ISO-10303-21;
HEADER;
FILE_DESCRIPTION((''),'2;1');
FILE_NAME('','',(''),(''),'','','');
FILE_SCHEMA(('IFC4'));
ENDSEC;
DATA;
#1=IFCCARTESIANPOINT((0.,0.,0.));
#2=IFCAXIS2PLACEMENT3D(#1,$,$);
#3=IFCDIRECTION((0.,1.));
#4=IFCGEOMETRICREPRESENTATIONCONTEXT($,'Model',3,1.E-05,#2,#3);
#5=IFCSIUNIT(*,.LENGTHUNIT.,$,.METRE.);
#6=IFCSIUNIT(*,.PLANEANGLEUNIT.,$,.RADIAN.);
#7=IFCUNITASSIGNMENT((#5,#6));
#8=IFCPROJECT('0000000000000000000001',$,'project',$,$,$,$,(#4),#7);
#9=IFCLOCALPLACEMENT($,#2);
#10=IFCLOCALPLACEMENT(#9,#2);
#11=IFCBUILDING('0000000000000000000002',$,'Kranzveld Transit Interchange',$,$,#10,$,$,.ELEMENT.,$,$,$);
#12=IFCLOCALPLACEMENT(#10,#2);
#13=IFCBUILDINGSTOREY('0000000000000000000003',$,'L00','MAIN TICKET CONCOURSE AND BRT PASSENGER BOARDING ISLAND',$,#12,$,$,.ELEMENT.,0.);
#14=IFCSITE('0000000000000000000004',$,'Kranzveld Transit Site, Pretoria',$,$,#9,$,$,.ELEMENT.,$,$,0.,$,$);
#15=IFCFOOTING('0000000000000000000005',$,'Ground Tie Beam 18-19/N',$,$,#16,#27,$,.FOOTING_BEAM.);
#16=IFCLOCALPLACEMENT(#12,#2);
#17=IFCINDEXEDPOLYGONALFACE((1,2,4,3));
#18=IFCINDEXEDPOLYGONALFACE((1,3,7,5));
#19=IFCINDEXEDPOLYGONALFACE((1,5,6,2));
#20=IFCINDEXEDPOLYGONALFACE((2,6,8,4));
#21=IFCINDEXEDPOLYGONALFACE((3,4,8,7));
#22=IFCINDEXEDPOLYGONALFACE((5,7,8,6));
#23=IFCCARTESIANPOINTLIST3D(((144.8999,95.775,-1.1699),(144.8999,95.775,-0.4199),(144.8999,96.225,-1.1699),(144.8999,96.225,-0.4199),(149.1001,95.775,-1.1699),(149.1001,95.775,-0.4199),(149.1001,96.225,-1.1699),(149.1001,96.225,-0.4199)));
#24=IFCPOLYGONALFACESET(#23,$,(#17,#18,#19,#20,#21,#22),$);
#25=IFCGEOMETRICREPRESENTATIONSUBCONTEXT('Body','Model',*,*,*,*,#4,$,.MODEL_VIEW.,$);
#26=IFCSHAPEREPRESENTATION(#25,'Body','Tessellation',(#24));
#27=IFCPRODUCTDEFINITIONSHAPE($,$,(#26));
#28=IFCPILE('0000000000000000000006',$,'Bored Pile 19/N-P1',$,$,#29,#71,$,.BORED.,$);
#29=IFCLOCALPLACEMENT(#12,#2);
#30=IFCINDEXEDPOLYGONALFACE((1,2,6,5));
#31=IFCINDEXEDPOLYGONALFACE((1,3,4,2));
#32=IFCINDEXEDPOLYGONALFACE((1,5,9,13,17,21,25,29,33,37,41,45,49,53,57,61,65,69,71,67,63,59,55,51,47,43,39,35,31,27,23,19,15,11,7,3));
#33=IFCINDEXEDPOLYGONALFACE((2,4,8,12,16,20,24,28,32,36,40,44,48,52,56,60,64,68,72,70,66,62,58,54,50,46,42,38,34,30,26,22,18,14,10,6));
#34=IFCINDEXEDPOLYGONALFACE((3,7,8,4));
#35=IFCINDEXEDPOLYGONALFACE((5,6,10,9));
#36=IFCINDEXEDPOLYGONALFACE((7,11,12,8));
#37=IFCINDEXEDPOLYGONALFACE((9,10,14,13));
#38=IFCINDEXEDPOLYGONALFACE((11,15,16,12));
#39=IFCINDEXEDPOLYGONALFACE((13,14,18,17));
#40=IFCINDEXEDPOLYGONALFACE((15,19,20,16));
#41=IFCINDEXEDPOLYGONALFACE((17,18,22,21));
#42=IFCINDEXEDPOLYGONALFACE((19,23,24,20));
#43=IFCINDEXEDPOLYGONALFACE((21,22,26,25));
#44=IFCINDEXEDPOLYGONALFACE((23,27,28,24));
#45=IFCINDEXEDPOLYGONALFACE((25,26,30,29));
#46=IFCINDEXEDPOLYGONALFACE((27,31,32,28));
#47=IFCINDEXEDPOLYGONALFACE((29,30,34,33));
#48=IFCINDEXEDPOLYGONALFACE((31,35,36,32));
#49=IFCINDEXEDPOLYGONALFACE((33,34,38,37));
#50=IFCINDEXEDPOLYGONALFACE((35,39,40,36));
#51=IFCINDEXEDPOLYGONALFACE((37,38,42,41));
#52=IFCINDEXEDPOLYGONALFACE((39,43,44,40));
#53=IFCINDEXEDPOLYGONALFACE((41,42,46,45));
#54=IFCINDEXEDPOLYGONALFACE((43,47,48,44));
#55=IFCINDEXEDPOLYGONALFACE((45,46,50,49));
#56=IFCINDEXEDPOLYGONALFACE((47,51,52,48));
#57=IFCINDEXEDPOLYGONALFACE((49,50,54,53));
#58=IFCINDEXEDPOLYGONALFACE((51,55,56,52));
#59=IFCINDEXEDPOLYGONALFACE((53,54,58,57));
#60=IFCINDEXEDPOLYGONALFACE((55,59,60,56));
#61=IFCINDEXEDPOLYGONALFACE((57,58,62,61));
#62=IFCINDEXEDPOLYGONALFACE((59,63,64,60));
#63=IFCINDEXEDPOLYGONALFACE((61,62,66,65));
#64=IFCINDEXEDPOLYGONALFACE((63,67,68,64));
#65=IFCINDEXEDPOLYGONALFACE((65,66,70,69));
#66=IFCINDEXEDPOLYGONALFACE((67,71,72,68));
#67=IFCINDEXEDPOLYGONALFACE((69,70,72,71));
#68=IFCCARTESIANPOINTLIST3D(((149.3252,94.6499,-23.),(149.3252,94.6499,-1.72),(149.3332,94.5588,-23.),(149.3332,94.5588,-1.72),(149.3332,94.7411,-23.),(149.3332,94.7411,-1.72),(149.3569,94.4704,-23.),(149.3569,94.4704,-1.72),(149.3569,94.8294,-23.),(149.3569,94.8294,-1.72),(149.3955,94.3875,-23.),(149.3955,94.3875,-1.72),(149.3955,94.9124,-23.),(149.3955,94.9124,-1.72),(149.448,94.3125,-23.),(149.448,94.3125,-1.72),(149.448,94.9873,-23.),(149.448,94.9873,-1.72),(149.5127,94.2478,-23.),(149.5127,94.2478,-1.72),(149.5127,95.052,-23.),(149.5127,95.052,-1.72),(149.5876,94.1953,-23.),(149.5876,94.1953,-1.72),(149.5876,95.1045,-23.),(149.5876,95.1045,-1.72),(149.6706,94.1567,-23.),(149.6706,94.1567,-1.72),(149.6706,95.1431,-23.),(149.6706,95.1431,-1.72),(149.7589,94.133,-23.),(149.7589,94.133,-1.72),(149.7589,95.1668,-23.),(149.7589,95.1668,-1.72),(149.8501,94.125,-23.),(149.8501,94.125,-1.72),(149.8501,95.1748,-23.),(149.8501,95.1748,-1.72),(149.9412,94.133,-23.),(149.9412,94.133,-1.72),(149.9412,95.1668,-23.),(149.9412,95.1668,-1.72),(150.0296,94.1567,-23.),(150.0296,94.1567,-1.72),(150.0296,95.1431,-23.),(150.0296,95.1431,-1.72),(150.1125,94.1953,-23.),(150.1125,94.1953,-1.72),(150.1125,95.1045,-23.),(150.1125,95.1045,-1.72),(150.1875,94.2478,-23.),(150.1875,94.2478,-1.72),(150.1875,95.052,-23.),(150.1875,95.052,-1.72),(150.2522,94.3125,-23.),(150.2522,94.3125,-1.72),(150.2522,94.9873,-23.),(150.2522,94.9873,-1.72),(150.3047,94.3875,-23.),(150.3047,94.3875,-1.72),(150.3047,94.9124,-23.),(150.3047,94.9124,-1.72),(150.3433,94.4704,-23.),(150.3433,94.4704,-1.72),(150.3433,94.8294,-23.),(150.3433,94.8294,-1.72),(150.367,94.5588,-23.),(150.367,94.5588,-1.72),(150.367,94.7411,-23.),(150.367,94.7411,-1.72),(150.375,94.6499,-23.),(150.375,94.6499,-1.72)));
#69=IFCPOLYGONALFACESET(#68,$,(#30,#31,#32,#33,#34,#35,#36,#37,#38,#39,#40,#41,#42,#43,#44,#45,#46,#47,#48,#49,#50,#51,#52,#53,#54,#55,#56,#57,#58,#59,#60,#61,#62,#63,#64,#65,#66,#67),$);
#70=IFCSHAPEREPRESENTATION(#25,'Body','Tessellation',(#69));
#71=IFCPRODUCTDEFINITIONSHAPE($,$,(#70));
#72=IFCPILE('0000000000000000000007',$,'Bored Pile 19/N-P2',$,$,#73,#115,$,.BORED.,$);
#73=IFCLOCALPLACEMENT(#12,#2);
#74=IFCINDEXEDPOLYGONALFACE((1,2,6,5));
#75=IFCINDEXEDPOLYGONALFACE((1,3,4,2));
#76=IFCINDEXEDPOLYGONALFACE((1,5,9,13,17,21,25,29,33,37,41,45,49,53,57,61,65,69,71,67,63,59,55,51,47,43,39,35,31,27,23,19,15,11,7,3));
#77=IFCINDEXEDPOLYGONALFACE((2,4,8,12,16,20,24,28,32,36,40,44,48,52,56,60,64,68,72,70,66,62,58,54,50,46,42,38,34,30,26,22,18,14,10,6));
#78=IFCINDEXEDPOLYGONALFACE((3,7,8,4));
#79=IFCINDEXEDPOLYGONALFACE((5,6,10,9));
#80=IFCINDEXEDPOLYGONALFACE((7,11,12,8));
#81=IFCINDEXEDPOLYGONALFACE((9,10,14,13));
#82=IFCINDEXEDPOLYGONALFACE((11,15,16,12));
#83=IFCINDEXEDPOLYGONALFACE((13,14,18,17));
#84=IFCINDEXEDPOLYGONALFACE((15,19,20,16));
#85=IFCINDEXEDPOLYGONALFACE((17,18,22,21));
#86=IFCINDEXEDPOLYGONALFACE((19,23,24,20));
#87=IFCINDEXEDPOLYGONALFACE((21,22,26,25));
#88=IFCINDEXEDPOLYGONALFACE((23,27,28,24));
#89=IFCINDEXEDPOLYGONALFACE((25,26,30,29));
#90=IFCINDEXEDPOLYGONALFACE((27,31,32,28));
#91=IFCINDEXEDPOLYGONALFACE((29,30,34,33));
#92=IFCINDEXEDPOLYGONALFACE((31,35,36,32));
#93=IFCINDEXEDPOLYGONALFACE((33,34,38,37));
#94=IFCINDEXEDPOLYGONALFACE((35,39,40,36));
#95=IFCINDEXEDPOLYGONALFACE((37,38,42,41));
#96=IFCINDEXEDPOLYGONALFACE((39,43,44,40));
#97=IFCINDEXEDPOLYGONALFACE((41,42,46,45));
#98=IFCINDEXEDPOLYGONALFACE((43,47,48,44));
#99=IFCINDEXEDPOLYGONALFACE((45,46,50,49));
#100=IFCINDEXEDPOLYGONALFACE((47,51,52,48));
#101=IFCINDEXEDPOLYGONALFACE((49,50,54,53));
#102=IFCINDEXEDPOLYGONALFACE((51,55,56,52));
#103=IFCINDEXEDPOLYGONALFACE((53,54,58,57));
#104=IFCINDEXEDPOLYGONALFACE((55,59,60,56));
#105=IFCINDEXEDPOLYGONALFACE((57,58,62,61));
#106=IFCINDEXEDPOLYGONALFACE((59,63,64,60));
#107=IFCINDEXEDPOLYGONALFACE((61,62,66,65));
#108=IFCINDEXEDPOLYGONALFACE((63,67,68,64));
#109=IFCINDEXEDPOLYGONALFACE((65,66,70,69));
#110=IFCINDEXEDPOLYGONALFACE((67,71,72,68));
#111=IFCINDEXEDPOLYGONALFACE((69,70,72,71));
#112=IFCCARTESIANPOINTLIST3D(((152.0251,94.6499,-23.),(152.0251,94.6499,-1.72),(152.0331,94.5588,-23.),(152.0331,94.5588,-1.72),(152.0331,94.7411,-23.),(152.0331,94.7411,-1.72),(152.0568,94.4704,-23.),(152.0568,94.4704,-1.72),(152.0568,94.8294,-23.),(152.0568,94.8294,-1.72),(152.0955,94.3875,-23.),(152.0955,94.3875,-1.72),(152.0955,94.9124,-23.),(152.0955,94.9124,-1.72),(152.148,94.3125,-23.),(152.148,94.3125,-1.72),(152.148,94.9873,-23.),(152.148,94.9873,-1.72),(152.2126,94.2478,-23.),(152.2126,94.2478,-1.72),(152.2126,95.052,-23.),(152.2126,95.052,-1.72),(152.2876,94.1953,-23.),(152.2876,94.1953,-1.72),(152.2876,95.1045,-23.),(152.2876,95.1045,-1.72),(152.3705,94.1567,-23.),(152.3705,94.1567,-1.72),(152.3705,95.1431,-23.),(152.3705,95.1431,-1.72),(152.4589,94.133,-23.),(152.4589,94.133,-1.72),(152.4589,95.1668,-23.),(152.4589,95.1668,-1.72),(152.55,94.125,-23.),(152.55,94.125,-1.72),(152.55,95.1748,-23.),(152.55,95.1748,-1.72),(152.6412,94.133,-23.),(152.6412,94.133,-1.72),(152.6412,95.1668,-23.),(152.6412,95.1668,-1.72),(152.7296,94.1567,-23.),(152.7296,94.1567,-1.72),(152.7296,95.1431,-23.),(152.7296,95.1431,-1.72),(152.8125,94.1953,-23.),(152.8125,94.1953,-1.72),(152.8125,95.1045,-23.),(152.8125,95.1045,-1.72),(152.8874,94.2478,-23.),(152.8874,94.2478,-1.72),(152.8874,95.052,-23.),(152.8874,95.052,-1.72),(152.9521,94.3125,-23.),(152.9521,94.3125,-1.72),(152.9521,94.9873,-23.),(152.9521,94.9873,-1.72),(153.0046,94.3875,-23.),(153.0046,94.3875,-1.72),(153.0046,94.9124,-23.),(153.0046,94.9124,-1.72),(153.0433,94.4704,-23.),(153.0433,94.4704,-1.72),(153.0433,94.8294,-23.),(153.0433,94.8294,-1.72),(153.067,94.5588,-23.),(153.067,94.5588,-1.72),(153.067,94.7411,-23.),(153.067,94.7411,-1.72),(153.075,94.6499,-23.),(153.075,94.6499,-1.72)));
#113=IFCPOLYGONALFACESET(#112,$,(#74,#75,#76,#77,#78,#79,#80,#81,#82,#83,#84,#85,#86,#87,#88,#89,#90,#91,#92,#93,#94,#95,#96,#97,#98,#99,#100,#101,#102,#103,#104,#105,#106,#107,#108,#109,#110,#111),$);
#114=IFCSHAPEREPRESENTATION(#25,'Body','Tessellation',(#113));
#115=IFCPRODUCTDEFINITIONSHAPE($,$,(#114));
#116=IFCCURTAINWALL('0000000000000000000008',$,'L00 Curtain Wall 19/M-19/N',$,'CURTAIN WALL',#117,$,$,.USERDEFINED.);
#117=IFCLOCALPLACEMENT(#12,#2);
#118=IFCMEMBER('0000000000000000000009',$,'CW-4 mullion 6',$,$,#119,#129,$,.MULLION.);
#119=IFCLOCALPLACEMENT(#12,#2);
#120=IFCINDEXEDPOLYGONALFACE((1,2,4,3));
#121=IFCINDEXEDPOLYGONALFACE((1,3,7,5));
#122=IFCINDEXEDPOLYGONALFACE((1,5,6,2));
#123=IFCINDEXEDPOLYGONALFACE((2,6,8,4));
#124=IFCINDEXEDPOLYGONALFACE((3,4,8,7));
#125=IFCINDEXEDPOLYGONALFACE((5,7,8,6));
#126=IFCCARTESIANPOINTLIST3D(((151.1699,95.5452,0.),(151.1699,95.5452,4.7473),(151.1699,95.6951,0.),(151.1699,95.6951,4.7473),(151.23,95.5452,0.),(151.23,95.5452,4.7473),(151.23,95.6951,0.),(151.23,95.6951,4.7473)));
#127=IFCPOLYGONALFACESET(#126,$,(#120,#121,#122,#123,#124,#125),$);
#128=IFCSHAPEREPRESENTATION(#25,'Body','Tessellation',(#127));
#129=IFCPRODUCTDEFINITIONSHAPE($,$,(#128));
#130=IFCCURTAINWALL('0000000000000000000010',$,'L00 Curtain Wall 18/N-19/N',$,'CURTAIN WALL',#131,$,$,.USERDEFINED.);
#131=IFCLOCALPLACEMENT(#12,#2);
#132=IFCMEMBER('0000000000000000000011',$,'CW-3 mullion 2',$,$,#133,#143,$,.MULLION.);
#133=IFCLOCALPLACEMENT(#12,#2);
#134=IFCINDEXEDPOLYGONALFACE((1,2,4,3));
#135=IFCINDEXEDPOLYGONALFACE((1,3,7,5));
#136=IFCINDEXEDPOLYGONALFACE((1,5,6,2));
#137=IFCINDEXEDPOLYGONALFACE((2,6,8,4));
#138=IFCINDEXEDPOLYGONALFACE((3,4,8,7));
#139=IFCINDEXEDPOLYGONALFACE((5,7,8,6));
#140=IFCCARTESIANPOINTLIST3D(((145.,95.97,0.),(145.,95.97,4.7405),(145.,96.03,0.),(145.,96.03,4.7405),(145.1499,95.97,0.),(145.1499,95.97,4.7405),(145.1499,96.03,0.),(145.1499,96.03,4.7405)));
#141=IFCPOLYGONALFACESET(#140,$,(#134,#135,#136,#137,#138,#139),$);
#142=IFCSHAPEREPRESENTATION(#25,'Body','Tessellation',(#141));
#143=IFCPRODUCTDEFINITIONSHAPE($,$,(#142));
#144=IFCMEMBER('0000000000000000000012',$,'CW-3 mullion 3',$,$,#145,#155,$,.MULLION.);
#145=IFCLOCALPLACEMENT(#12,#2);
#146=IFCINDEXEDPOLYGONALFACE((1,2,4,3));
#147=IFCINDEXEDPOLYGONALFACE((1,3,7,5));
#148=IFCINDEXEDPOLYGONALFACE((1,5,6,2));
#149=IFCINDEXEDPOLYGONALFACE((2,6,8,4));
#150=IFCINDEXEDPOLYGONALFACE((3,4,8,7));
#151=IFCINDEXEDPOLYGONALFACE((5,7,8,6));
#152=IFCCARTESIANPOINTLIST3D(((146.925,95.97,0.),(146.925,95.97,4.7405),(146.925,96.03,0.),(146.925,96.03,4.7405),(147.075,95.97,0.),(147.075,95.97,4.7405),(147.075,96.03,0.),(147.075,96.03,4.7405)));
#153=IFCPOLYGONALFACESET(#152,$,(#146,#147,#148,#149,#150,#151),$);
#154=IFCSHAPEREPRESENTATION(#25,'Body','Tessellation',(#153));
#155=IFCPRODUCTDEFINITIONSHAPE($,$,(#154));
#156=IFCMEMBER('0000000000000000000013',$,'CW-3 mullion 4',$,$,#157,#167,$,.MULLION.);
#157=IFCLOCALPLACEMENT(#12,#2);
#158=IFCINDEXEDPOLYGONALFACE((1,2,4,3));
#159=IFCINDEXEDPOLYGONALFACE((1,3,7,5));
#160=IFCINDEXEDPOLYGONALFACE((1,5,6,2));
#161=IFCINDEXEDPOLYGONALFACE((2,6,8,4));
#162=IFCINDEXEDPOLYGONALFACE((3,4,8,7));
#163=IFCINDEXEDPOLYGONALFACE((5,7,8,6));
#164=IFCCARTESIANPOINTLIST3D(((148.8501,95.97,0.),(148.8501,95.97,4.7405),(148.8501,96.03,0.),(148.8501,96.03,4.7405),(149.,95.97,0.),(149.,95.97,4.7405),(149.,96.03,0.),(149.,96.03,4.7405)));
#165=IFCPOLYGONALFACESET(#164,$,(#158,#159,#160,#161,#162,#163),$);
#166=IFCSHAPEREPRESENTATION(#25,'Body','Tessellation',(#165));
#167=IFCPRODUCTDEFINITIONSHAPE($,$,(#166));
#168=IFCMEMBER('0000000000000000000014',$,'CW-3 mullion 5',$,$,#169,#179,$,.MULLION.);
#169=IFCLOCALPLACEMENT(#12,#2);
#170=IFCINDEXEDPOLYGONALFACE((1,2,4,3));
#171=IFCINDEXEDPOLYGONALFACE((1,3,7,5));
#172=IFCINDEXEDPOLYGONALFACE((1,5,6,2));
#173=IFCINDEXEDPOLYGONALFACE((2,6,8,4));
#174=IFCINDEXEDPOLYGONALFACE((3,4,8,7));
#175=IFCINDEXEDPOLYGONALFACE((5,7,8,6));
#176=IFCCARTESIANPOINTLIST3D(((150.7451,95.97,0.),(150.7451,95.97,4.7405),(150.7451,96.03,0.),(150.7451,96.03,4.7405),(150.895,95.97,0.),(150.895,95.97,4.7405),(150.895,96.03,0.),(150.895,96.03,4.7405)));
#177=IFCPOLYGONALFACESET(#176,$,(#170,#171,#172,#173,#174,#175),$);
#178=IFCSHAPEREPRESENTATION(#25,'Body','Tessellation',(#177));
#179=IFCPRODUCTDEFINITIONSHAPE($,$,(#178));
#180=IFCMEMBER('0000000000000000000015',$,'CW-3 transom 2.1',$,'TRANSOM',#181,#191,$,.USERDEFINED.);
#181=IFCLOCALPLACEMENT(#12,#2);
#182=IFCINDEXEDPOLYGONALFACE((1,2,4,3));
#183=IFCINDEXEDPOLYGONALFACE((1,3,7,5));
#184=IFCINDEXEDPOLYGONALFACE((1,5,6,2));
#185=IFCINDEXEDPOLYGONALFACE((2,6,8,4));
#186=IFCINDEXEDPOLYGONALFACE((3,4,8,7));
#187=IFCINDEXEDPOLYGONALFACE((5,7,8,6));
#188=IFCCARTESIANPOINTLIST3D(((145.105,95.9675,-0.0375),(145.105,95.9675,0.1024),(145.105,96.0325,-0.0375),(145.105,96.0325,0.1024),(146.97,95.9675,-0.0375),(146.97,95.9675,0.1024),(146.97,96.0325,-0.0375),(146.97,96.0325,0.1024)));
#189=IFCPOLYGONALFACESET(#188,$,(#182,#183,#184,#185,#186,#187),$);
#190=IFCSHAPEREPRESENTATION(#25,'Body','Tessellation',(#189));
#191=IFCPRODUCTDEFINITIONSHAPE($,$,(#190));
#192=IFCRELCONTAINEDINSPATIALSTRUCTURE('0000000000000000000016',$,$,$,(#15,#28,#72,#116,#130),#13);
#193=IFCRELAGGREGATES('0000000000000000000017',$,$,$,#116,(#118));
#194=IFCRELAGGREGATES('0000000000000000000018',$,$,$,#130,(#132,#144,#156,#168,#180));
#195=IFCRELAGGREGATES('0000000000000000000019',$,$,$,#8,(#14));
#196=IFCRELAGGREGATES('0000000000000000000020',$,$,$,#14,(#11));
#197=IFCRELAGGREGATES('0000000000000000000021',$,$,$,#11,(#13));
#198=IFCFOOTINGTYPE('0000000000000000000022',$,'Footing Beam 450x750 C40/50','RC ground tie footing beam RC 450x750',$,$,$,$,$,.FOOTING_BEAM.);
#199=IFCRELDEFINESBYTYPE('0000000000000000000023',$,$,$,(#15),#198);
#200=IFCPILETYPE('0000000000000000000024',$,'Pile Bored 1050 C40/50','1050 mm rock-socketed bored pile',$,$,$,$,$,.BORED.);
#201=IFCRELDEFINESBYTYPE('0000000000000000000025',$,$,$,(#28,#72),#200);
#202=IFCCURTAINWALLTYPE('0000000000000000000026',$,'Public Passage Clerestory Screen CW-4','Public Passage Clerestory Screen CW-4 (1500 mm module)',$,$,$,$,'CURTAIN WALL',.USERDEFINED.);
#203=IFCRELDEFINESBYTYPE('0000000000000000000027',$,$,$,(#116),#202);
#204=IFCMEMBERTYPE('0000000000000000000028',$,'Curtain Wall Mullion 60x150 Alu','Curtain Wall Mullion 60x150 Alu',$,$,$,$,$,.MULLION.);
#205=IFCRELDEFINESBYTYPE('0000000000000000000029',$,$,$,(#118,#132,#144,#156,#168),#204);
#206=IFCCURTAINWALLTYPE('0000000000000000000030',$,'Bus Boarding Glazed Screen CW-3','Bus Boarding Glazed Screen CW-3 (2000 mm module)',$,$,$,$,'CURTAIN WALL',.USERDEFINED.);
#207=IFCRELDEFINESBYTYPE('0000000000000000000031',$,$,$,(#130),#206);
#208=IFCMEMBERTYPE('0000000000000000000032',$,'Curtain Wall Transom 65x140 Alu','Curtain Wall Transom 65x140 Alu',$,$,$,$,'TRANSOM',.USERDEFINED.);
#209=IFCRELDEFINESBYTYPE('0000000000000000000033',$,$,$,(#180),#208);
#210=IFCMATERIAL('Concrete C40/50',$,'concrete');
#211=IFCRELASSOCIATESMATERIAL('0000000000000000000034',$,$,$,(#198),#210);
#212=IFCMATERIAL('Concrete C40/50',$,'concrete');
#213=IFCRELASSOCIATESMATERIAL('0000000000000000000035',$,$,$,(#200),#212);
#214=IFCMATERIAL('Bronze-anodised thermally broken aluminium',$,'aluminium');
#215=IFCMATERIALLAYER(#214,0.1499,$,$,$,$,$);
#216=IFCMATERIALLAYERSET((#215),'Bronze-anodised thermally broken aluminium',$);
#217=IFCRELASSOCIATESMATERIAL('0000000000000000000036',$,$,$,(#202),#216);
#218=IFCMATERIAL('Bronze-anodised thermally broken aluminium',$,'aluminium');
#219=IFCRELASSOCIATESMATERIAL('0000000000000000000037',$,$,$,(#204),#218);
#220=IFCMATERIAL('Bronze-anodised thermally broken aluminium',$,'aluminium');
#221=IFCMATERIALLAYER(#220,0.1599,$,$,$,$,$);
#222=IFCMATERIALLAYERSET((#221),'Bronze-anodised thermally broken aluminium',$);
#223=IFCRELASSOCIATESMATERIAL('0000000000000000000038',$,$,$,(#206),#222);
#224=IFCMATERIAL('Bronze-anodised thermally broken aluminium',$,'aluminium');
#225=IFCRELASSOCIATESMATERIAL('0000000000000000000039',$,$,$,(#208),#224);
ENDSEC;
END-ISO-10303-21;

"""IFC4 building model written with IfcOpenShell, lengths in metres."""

from ifc_helpers import new_model, si_unit, direction, frame, origin, origin_2d, place, context, subcontext, project, spatial, rectangle, circle, extrude, material, layer, layer_set, material_profile, profile_set, type_object, element, aggregate, save


model = new_model("IFC4")

# Units and contexts
model_context = context("Model", 3, precision=1e-05, world=origin(), true_north=direction((0.0, 1.0)))
body_context = subcontext(model_context, "Body", "Model", "MODEL_VIEW")
ifc_project = project(units=[si_unit("LENGTHUNIT", "METRE"), si_unit("PLANEANGLEUNIT", "RADIAN")], contexts=[model_context])

# Site, building, storey
site_placement = place(None, origin())
site = spatial("IfcSite", under=ifc_project, at=site_placement, Name="Kranzveld Transit Site, Pretoria", CompositionType="ELEMENT", RefElevation=0.0)
building_placement = place(site_placement, origin())
building = spatial("IfcBuilding", under=site, at=building_placement, Name="Kranzveld Transit Interchange", CompositionType="ELEMENT")
storey_placement = place(building_placement, origin())
storey = spatial("IfcBuildingStorey", under=building, at=storey_placement, Name="L00", Description="MAIN TICKET CONCOURSE AND BRT PASSENGER BOARDING ISLAND", CompositionType="ELEMENT", Elevation=0.0)

# Footing
ifc_material_1 = material(Name="Concrete C40/50", Category="concrete")
ifc_material_profile_1 = material_profile(ifc_material_1, rectangle(XDim=0.45, YDim=0.75, at=origin_2d()), Name="RC 450x750")
ifc_profile_set_1 = profile_set([ifc_material_profile_1], Name="Concrete C40/50")
footing_type = type_object("IfcFootingType", Name="Footing Beam 450x750 C40/50", Description="RC ground tie footing beam RC 450x750", PredefinedType="FOOTING_BEAM", material=ifc_profile_set_1)
footing_placement = place(storey_placement, frame((144.8999, 96.0, -0.7949), z_axis=(1.0, 0.0, 0.0), x_axis=(0.0, 1.0, 0.0)))
element("IfcFooting", 1, at=footing_placement, inside=storey, type_object=footing_type, Name="Ground Tie Beam 18-19/N", PredefinedType="FOOTING_BEAM", context=body_context, shape_type="SweptSolid", body=[
    extrude(rectangle(XDim=0.45, YDim=0.75, at=origin_2d()), origin(), (0.0, 0.0, 1.0), 4.2002),
])

# Piles
ifc_material_2 = material(Name="Concrete C40/50", Category="concrete")
ifc_material_profile_2 = material_profile(ifc_material_2, circle(Radius=0.5249, at=origin_2d()), Name="BORED PILE 1050")
ifc_profile_set_2 = profile_set([ifc_material_profile_2], Name="Concrete C40/50")
pile_type = type_object("IfcPileType", Name="Pile Bored 1050 C40/50", Description="1050 mm rock-socketed bored pile", PredefinedType="BORED", material=ifc_profile_set_2)
for number, where, z_axis, x_axis, name in (
    (2, (149.8501, 94.6499, -1.72), (0.0, 0.0, -1.0), (1.0, 0.0, 0.0), "Bored Pile 19/N-P1"),
    (3, (152.55, 94.6499, -1.72), (0.0, 0.0, -1.0), (1.0, 0.0, 0.0), "Bored Pile 19/N-P2"),
):
    element("IfcPile", number, at=place(storey_placement, frame(where, z_axis=z_axis, x_axis=x_axis)), inside=storey, type_object=pile_type, Name=name, PredefinedType="BORED", context=body_context, shape_type="SweptSolid", body=[
        extrude(circle(Radius=0.5249, at=origin_2d()), origin(), (0.0, 0.0, 1.0), 21.28),
    ])

# Curtain wall, member
ifc_material_3 = material(Name="Bronze-anodised thermally broken aluminium", Category="aluminium")
ifc_layer_1 = layer(ifc_material_3, 0.1499)
ifc_layer_set_1 = layer_set([ifc_layer_1], Name="Bronze-anodised thermally broken aluminium")
curtain_wall_type_1 = type_object("IfcCurtainWallType", Name="Public Passage Clerestory Screen CW-4", Description="Public Passage Clerestory Screen CW-4 (1500 mm module)", ElementType="CURTAIN WALL", PredefinedType="USERDEFINED", material=ifc_layer_set_1)
curtain_wall_1_placement = place(storey_placement, origin())
curtain_wall_1 = element("IfcCurtainWall", 4, at=curtain_wall_1_placement, inside=storey, type_object=curtain_wall_type_1, Name="L00 Curtain Wall 19/M-19/N", ObjectType="CURTAIN WALL", PredefinedType="USERDEFINED")
ifc_material_4 = material(Name="Bronze-anodised thermally broken aluminium", Category="aluminium")
ifc_material_profile_3 = material_profile(ifc_material_4, rectangle(XDim=0.0601, YDim=0.1499, at=origin_2d()), Name="ALU MULLION 60x150")
ifc_profile_set_3 = profile_set([ifc_material_profile_3], Name="Bronze-anodised thermally broken aluminium")
member_type_1 = type_object("IfcMemberType", Name="Curtain Wall Mullion 60x150 Alu", Description="Curtain Wall Mullion 60x150 Alu", PredefinedType="MULLION", material=ifc_profile_set_3)
member_1_placement = place(storey_placement, frame((151.2, 95.6201, 0.0), z_axis=(0.0, 0.0, 1.0), x_axis=(-1.0, 0.0, 0.0)))
member_1 = element("IfcMember", 5, at=member_1_placement, type_object=member_type_1, Name="CW-4 mullion 6", PredefinedType="MULLION", context=body_context, shape_type="SweptSolid", body=[
    extrude(rectangle(XDim=0.0601, YDim=0.1499, at=origin_2d()), origin(), (0.0, 0.0, 1.0), 4.7473),
])

# Curtain wall, members
ifc_material_5 = material(Name="Bronze-anodised thermally broken aluminium", Category="aluminium")
ifc_layer_2 = layer(ifc_material_5, 0.1599)
ifc_layer_set_2 = layer_set([ifc_layer_2], Name="Bronze-anodised thermally broken aluminium")
curtain_wall_type_2 = type_object("IfcCurtainWallType", Name="Bus Boarding Glazed Screen CW-3", Description="Bus Boarding Glazed Screen CW-3 (2000 mm module)", ElementType="CURTAIN WALL", PredefinedType="USERDEFINED", material=ifc_layer_set_2)
curtain_wall_2_placement = place(storey_placement, origin())
curtain_wall_2 = element("IfcCurtainWall", 6, at=curtain_wall_2_placement, inside=storey, type_object=curtain_wall_type_2, Name="L00 Curtain Wall 18/N-19/N", ObjectType="CURTAIN WALL", PredefinedType="USERDEFINED")
member_2_placement = place(storey_placement, frame((145.075, 96.0, 0.0), z_axis=(0.0, 0.0, 1.0), x_axis=(0.0, 1.0, 0.0)))
member_2 = element("IfcMember", 7, at=member_2_placement, type_object=member_type_1, Name="CW-3 mullion 2", PredefinedType="MULLION", context=body_context, shape_type="SweptSolid", body=[
    extrude(rectangle(XDim=0.0601, YDim=0.1499, at=origin_2d()), origin(), (0.0, 0.0, 1.0), 4.7405),
])
member_3_placement = place(storey_placement, frame((147.0, 96.0, 0.0), z_axis=(0.0, 0.0, 1.0), x_axis=(0.0, 1.0, 0.0)))
member_3 = element("IfcMember", 8, at=member_3_placement, type_object=member_type_1, Name="CW-3 mullion 3", PredefinedType="MULLION", context=body_context, shape_type="SweptSolid", body=[
    extrude(rectangle(XDim=0.0601, YDim=0.1499, at=origin_2d()), origin(), (0.0, 0.0, 1.0), 4.7405),
])
member_4_placement = place(storey_placement, frame((148.925, 96.0, 0.0), z_axis=(0.0, 0.0, 1.0), x_axis=(0.0, 1.0, 0.0)))
member_4 = element("IfcMember", 9, at=member_4_placement, type_object=member_type_1, Name="CW-3 mullion 4", PredefinedType="MULLION", context=body_context, shape_type="SweptSolid", body=[
    extrude(rectangle(XDim=0.0601, YDim=0.1499, at=origin_2d()), origin(), (0.0, 0.0, 1.0), 4.7405),
])
member_5_placement = place(storey_placement, frame((150.8201, 96.0, 0.0), z_axis=(0.0, 0.0, 1.0), x_axis=(0.0, 1.0, 0.0)))
member_5 = element("IfcMember", 10, at=member_5_placement, type_object=member_type_1, Name="CW-3 mullion 5", PredefinedType="MULLION", context=body_context, shape_type="SweptSolid", body=[
    extrude(rectangle(XDim=0.0601, YDim=0.1499, at=origin_2d()), origin(), (0.0, 0.0, 1.0), 4.7405),
])
ifc_material_6 = material(Name="Bronze-anodised thermally broken aluminium", Category="aluminium")
ifc_material_profile_4 = material_profile(ifc_material_6, rectangle(XDim=0.0649, YDim=0.1399, at=origin_2d()), Name="ALU TRANSOM 65x140")
ifc_profile_set_4 = profile_set([ifc_material_profile_4], Name="Bronze-anodised thermally broken aluminium")
member_type_2 = type_object("IfcMemberType", Name="Curtain Wall Transom 65x140 Alu", Description="Curtain Wall Transom 65x140 Alu", ElementType="TRANSOM", PredefinedType="USERDEFINED", material=ifc_profile_set_4)
member_6_placement = place(storey_placement, frame((145.105, 96.0, 0.0325), z_axis=(1.0, 0.0, 0.0), x_axis=(0.0, 1.0, 0.0)))
member_6 = element("IfcMember", 11, at=member_6_placement, type_object=member_type_2, Name="CW-3 transom 2.1", ObjectType="TRANSOM", PredefinedType="USERDEFINED", context=body_context, shape_type="SweptSolid", body=[
    extrude(rectangle(XDim=0.0649, YDim=0.1399, at=origin_2d()), origin(), (0.0, 0.0, 1.0), 1.865),
])

aggregate(curtain_wall_1, [member_1])
aggregate(curtain_wall_2, [member_2, member_3, member_4, member_5, member_6])

save(model, "model.ifc")
